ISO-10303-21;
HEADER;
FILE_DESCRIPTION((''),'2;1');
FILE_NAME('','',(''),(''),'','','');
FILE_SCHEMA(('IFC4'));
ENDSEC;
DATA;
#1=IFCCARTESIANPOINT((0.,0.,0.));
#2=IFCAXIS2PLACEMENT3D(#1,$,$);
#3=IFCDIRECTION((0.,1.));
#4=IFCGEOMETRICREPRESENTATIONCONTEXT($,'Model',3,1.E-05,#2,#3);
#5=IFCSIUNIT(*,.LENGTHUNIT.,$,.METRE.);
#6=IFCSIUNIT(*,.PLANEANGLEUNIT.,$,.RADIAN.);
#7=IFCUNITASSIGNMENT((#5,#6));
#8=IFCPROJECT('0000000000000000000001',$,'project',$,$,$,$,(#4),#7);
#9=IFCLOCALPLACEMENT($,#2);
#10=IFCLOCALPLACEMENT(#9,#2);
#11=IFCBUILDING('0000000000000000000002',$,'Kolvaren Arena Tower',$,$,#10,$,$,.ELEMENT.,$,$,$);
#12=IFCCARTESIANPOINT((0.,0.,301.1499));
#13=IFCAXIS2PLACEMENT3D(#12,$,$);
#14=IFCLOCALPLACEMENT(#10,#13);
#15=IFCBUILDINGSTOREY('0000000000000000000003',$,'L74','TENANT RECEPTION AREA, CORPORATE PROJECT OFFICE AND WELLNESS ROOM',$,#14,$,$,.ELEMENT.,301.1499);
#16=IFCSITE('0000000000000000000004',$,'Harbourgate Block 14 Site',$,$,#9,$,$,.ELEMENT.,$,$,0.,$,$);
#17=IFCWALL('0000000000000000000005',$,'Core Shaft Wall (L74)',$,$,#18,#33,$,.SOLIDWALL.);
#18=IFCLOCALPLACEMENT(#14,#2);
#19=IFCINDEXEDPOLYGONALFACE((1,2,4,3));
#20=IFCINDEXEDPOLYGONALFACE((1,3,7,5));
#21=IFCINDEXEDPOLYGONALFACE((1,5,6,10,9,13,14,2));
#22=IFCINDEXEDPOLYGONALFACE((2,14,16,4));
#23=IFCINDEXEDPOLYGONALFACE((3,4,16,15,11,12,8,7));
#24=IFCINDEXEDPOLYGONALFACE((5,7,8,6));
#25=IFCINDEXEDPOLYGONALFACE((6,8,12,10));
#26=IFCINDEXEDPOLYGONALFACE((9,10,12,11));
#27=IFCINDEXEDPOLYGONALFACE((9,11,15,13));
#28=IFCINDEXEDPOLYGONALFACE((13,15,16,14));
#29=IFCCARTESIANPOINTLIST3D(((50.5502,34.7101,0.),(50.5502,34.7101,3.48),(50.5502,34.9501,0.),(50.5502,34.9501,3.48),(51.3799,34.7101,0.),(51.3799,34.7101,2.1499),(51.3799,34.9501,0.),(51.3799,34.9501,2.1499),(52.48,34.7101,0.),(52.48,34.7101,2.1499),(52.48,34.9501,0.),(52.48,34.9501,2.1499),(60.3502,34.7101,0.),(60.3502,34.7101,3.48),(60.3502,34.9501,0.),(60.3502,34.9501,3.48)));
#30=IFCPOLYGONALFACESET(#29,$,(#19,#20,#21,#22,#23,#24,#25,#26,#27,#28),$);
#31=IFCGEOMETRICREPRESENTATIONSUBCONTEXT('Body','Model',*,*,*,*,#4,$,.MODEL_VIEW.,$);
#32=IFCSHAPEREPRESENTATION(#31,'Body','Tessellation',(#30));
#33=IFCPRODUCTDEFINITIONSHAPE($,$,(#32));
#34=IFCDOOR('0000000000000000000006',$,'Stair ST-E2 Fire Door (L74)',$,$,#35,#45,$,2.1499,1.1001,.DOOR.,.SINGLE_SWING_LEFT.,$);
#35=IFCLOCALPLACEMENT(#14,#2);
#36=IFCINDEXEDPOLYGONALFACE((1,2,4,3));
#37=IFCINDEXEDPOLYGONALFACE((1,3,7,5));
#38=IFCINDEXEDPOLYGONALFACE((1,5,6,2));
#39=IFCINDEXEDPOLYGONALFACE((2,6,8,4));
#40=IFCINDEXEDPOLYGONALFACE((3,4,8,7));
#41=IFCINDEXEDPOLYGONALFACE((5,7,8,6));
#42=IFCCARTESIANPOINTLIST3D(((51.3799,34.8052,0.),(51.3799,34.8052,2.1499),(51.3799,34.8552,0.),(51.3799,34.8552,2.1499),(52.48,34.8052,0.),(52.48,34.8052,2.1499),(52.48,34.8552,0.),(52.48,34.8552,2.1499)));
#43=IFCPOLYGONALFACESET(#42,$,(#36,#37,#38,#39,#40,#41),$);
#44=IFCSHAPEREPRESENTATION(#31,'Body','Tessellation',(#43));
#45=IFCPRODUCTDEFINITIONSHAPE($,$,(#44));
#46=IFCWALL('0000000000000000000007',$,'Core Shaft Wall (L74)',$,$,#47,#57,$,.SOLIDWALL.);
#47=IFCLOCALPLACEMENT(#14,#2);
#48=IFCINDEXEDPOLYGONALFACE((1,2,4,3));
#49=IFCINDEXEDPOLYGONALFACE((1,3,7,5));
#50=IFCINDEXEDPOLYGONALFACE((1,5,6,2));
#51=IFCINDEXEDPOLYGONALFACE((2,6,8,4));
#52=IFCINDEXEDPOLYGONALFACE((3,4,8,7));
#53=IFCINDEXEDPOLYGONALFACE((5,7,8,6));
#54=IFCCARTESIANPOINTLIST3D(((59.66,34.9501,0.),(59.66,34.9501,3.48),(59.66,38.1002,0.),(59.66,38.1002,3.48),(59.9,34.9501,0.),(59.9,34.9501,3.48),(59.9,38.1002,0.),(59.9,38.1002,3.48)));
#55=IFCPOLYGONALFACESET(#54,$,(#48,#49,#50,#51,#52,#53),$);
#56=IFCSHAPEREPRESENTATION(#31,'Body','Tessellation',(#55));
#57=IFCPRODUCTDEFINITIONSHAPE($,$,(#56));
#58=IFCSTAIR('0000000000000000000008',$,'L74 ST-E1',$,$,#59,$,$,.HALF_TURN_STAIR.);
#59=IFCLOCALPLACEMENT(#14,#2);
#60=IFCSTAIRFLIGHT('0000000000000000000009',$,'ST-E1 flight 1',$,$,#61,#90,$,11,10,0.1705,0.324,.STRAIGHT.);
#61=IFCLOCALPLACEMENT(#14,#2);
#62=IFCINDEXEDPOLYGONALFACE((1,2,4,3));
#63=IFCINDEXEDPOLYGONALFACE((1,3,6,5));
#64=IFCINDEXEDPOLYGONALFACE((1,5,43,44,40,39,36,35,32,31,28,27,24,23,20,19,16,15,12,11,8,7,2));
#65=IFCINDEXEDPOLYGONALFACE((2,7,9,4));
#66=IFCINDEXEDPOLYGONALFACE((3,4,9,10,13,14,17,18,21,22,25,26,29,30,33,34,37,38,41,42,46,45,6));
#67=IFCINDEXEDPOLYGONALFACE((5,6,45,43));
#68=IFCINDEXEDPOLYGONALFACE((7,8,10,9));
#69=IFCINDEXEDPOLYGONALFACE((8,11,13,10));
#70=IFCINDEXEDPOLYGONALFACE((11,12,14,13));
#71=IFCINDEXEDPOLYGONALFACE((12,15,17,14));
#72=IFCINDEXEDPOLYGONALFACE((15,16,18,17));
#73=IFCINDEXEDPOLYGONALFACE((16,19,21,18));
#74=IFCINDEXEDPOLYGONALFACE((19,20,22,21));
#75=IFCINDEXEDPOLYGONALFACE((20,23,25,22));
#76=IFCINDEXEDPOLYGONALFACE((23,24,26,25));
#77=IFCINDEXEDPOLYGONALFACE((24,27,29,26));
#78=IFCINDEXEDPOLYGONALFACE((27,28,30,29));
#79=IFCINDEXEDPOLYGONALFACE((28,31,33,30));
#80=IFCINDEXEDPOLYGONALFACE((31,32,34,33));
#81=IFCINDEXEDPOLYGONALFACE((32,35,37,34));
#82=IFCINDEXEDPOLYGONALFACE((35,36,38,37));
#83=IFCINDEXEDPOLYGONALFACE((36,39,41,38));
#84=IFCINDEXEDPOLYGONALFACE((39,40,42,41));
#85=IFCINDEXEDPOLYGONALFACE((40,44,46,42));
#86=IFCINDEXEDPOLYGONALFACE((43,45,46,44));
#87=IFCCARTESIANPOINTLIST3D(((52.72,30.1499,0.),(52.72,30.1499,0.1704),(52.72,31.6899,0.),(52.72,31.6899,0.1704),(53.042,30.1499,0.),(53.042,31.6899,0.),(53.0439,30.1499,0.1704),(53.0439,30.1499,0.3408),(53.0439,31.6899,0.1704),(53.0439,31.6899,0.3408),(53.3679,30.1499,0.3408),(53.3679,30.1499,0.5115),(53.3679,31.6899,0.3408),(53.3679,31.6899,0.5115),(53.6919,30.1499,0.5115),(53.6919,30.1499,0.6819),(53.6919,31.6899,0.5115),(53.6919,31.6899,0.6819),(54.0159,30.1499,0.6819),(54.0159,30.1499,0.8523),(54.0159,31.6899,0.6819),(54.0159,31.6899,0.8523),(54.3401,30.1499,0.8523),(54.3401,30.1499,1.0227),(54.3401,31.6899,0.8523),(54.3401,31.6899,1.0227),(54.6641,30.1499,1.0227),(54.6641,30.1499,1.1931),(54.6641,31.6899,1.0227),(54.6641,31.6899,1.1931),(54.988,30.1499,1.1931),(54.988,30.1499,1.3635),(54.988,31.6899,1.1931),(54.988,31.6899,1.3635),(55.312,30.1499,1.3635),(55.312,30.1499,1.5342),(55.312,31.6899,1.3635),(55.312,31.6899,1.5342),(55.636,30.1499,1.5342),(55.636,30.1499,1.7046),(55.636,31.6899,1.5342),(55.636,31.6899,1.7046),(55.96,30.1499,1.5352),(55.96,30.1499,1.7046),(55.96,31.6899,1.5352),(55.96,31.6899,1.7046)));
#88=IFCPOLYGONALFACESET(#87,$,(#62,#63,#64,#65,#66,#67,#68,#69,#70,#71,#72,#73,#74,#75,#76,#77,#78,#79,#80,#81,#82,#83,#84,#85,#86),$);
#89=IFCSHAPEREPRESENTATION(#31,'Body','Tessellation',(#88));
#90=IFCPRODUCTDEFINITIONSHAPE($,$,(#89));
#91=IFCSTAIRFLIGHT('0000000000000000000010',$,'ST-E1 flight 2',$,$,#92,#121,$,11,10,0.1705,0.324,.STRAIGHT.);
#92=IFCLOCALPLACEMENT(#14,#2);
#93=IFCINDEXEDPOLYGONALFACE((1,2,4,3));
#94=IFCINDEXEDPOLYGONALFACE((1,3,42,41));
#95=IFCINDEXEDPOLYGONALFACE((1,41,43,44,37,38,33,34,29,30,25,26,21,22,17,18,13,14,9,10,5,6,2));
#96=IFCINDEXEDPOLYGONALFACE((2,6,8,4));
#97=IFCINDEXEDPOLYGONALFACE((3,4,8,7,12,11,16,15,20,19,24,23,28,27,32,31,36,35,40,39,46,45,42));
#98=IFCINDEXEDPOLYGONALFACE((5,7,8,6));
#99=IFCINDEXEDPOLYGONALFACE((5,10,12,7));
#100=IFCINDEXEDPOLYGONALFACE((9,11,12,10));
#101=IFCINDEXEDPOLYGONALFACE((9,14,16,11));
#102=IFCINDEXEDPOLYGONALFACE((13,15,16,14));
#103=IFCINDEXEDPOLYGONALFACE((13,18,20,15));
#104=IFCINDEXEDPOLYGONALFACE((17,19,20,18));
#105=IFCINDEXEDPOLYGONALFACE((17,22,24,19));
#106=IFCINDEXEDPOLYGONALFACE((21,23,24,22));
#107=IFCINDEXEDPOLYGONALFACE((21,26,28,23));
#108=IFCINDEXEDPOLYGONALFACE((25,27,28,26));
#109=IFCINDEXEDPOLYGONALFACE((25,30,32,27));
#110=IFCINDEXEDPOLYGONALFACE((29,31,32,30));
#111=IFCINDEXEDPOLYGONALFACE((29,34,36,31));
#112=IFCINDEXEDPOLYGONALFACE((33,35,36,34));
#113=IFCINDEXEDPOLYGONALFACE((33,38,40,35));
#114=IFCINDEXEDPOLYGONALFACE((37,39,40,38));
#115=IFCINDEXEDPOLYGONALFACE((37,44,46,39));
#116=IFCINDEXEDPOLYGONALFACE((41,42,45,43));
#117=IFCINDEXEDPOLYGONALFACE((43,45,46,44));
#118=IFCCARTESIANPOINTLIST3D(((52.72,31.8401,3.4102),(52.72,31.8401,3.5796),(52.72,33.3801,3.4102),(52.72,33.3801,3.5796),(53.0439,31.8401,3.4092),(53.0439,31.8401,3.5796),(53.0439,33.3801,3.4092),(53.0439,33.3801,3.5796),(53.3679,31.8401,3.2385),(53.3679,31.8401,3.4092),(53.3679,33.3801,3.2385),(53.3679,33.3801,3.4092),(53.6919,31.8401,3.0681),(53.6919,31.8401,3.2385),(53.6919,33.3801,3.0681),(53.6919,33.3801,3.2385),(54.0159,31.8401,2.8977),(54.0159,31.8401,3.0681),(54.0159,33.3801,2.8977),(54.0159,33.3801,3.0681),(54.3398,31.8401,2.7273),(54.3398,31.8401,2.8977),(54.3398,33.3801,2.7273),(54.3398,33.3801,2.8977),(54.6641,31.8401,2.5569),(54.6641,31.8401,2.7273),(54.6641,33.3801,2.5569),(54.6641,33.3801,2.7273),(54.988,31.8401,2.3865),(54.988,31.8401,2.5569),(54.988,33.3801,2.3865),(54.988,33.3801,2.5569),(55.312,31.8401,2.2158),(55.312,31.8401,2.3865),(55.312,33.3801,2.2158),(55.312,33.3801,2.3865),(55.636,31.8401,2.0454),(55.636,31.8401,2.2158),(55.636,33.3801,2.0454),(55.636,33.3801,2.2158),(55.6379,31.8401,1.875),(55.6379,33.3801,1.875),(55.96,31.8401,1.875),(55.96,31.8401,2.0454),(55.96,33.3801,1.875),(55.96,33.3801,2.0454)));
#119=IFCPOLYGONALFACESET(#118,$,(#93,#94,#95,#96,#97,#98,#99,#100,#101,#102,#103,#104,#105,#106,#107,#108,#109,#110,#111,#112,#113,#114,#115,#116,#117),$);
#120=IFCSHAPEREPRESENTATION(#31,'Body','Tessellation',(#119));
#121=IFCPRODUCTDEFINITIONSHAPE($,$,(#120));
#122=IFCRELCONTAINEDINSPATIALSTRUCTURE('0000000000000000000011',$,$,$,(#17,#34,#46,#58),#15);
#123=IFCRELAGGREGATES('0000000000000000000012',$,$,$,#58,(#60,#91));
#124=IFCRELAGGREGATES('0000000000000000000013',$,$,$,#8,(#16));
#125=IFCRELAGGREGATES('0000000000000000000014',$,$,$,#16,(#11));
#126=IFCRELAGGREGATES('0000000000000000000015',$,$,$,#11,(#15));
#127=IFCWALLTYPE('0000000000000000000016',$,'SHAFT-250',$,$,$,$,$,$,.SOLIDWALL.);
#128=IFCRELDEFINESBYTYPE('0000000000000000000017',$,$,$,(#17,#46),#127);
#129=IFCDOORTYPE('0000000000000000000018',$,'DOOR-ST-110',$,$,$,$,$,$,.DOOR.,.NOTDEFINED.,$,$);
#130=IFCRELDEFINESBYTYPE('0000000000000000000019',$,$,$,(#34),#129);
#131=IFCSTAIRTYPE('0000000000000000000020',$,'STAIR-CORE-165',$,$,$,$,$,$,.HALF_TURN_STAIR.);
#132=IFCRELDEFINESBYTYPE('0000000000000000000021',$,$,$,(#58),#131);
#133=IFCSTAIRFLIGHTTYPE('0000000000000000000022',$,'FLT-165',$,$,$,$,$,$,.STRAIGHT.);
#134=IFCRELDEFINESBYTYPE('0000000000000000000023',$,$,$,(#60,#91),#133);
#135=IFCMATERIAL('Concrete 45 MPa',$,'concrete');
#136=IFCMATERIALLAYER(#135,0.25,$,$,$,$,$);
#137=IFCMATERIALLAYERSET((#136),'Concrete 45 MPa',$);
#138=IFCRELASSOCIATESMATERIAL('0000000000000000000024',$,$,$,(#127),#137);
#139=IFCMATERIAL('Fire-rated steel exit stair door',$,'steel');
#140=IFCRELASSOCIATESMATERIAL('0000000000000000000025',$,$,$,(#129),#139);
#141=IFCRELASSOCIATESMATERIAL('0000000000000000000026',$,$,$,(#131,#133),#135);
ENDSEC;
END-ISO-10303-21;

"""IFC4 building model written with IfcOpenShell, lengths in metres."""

from ifc_helpers import new_model, si_unit, direction, frame, frame_2d, origin, place, context, subcontext, project, spatial, polyline, rectangle, outline, extrude, material, layer, layer_set, type_object, element, fill, aggregate, save


model = new_model("IFC4")

# Units and contexts
model_context = context("Model", 3, precision=1e-05, world=origin(), true_north=direction((0.0, 1.0)))
body_context = subcontext(model_context, "Body", "Model", "MODEL_VIEW")
ifc_project = project(units=[si_unit("LENGTHUNIT", "METRE"), si_unit("PLANEANGLEUNIT", "RADIAN")], contexts=[model_context])

# Site, building, storey
site_placement = place(None, origin())
site = spatial("IfcSite", under=ifc_project, at=site_placement, Name="Harbourgate Block 14 Site", CompositionType="ELEMENT", RefElevation=0.0)
building_placement = place(site_placement, origin())
building = spatial("IfcBuilding", under=site, at=building_placement, Name="Kolvaren Arena Tower", CompositionType="ELEMENT")
storey_placement = place(building_placement, frame((0.0, 0.0, 301.1499)))
storey = spatial("IfcBuildingStorey", under=building, at=storey_placement, Name="L74", Description="TENANT RECEPTION AREA, CORPORATE PROJECT OFFICE AND WELLNESS ROOM", CompositionType="ELEMENT", Elevation=301.1499)

# Shared definitions
ifc_material_1 = material(Name="Concrete 45 MPa", Category="concrete")
ifc_layer = layer(ifc_material_1, 0.25)
ifc_layer_set = layer_set([ifc_layer], Name="Concrete 45 MPa")
wall_type = type_object("IfcWallType", Name="SHAFT-250", PredefinedType="SOLIDWALL", material=ifc_layer_set)
ifc_material_2 = material(Name="Fire-rated steel exit stair door", Category="steel")
door_type = type_object("IfcDoorType", Name="DOOR-ST-110", OperationType="NOTDEFINED", PredefinedType="DOOR", material=ifc_material_2)

# Wall, opening, door
wall_1_placement = place(storey_placement, frame((60.3501, 34.8301, 0.0), z_axis=(0.0, 0.0, 1.0), x_axis=(-1.0, 0.0, 0.0)))
wall_1 = element("IfcWall", 1, at=wall_1_placement, inside=storey, type_object=wall_type, Name="Core Shaft Wall (L74)", PredefinedType="SOLIDWALL", context=body_context, shape_type="SweptSolid", body=[
    extrude(rectangle(XDim=9.8, YDim=0.24, at=frame_2d((4.8999, 0.0))), origin(), (0.0, 0.0, 1.0), 3.48),
])
opening_1_placement = place(wall_1_placement, frame((7.8701, 0.0, 0.0)))
opening_1 = element("IfcOpeningElement", 2, at=opening_1_placement, cuts=wall_1, PredefinedType="OPENING", context=body_context, shape_type="SweptSolid", body=[
    extrude(rectangle(XDim=1.1001, YDim=2.1499, at=frame_2d((0.55, 1.075))), frame((0.0, 0.1299, 0.0), z_axis=(0.0, -1.0, 0.0), x_axis=(1.0, 0.0, 0.0)), (0.0, 0.0, 1.0), 0.26),
])
door_1_placement = place(opening_1_placement, origin())
door_1 = element("IfcDoor", 3, at=door_1_placement, inside=storey, type_object=door_type, Name="Stair ST-E2 Fire Door (L74)", OperationType="SINGLE_SWING_LEFT", OverallHeight=2.1499, OverallWidth=1.1001, PredefinedType="DOOR", context=body_context, shape_type="SweptSolid", body=[
    extrude(rectangle(XDim=1.1001, YDim=2.1499, at=frame_2d((0.55, 1.075))), frame((0.0, 0.0249, 0.0), z_axis=(0.0, -1.0, 0.0), x_axis=(1.0, 0.0, 0.0)), (0.0, 0.0, 1.0), 0.05),
])
fill(opening_1, door_1)

# Wall
wall_2_placement = place(storey_placement, frame((59.78, 34.95, 0.0), z_axis=(0.0, 0.0, 1.0), x_axis=(0.0, 1.0, 0.0)))
element("IfcWall", 4, at=wall_2_placement, inside=storey, type_object=wall_type, Name="Core Shaft Wall (L74)", PredefinedType="SOLIDWALL", context=body_context, shape_type="SweptSolid", body=[
    extrude(rectangle(XDim=3.1501, YDim=0.24, at=frame_2d((1.5752, 0.0))), origin(), (0.0, 0.0, 1.0), 3.48),
])

# Stair, stair flights
stair_type = type_object("IfcStairType", Name="STAIR-CORE-165", PredefinedType="HALF_TURN_STAIR", material=ifc_material_1)
stair_placement = place(storey_placement, origin())
stair = element("IfcStair", 5, at=stair_placement, inside=storey, type_object=stair_type, Name="L74 ST-E1", PredefinedType="HALF_TURN_STAIR")
stair_flight_type = type_object("IfcStairFlightType", Name="FLT-165", PredefinedType="STRAIGHT", material=ifc_material_1)
stair_flight_1_placement = place(storey_placement, frame((52.72, 30.9199, 0.0), z_axis=(0.0, 0.0, 1.0), x_axis=(1.0, 0.0, 0.0)))
stair_flight_1 = element("IfcStairFlight", 6, at=stair_flight_1_placement, type_object=stair_flight_type, Name="ST-E1 flight 1", NumberOfRisers=11, NumberOfTreads=10, PredefinedType="STRAIGHT", RiserHeight=0.1705, TreadLength=0.324, context=body_context, shape_type="SweptSolid", body=[
    extrude(outline(polyline([(0.0, 0.0), (0.0, 0.1704), (0.324, 0.1704), (0.324, 0.3408), (0.6479, 0.3408), (0.6479, 0.5115), (0.9719, 0.5115), (0.9719, 0.6819), (1.2959, 0.6819), (1.2959, 0.8523), (1.6201, 0.8523), (1.6201, 1.0227), (1.9441, 1.0227), (1.9441, 1.1931), (2.2681, 1.1931), (2.2681, 1.3635), (2.592, 1.3635), (2.592, 1.5342), (2.916, 1.5342), (2.916, 1.7046), (3.24, 1.7046), (3.24, 1.875), (3.24, 1.5352), (0.322, 0.0), (0.0, 0.0)])), frame((0.0, 0.77, 0.0), z_axis=(0.0, -1.0, 0.0), x_axis=(1.0, 0.0, 0.0)), (0.0, 0.0, 1.0), 1.54),
])
stair_flight_2_placement = place(storey_placement, frame((55.96, 32.6101, 1.875), z_axis=(0.0, 0.0, 1.0), x_axis=(-1.0, 0.0, 0.0)))
stair_flight_2 = element("IfcStairFlight", 7, at=stair_flight_2_placement, type_object=stair_flight_type, Name="ST-E1 flight 2", NumberOfRisers=11, NumberOfTreads=10, PredefinedType="STRAIGHT", RiserHeight=0.1705, TreadLength=0.324, context=body_context, shape_type="SweptSolid", body=[
    extrude(outline(polyline([(0.0, 0.0), (0.0, 0.1704), (0.324, 0.1704), (0.324, 0.3408), (0.6479, 0.3408), (0.6479, 0.5115), (0.9719, 0.5115), (0.9719, 0.6819), (1.2959, 0.6819), (1.2959, 0.8523), (1.6201, 0.8523), (1.6201, 1.0227), (1.9441, 1.0227), (1.9441, 1.1931), (2.2681, 1.1931), (2.2681, 1.3635), (2.592, 1.3635), (2.592, 1.5342), (2.916, 1.5342), (2.916, 1.7046), (3.24, 1.7046), (3.24, 1.875), (3.24, 1.5352), (0.322, 0.0), (0.0, 0.0)])), frame((0.0, 0.77, 0.0), z_axis=(0.0, -1.0, 0.0), x_axis=(1.0, 0.0, 0.0)), (0.0, 0.0, 1.0), 1.54),
])
aggregate(stair, [stair_flight_1, stair_flight_2])

save(model, "model.ifc")
